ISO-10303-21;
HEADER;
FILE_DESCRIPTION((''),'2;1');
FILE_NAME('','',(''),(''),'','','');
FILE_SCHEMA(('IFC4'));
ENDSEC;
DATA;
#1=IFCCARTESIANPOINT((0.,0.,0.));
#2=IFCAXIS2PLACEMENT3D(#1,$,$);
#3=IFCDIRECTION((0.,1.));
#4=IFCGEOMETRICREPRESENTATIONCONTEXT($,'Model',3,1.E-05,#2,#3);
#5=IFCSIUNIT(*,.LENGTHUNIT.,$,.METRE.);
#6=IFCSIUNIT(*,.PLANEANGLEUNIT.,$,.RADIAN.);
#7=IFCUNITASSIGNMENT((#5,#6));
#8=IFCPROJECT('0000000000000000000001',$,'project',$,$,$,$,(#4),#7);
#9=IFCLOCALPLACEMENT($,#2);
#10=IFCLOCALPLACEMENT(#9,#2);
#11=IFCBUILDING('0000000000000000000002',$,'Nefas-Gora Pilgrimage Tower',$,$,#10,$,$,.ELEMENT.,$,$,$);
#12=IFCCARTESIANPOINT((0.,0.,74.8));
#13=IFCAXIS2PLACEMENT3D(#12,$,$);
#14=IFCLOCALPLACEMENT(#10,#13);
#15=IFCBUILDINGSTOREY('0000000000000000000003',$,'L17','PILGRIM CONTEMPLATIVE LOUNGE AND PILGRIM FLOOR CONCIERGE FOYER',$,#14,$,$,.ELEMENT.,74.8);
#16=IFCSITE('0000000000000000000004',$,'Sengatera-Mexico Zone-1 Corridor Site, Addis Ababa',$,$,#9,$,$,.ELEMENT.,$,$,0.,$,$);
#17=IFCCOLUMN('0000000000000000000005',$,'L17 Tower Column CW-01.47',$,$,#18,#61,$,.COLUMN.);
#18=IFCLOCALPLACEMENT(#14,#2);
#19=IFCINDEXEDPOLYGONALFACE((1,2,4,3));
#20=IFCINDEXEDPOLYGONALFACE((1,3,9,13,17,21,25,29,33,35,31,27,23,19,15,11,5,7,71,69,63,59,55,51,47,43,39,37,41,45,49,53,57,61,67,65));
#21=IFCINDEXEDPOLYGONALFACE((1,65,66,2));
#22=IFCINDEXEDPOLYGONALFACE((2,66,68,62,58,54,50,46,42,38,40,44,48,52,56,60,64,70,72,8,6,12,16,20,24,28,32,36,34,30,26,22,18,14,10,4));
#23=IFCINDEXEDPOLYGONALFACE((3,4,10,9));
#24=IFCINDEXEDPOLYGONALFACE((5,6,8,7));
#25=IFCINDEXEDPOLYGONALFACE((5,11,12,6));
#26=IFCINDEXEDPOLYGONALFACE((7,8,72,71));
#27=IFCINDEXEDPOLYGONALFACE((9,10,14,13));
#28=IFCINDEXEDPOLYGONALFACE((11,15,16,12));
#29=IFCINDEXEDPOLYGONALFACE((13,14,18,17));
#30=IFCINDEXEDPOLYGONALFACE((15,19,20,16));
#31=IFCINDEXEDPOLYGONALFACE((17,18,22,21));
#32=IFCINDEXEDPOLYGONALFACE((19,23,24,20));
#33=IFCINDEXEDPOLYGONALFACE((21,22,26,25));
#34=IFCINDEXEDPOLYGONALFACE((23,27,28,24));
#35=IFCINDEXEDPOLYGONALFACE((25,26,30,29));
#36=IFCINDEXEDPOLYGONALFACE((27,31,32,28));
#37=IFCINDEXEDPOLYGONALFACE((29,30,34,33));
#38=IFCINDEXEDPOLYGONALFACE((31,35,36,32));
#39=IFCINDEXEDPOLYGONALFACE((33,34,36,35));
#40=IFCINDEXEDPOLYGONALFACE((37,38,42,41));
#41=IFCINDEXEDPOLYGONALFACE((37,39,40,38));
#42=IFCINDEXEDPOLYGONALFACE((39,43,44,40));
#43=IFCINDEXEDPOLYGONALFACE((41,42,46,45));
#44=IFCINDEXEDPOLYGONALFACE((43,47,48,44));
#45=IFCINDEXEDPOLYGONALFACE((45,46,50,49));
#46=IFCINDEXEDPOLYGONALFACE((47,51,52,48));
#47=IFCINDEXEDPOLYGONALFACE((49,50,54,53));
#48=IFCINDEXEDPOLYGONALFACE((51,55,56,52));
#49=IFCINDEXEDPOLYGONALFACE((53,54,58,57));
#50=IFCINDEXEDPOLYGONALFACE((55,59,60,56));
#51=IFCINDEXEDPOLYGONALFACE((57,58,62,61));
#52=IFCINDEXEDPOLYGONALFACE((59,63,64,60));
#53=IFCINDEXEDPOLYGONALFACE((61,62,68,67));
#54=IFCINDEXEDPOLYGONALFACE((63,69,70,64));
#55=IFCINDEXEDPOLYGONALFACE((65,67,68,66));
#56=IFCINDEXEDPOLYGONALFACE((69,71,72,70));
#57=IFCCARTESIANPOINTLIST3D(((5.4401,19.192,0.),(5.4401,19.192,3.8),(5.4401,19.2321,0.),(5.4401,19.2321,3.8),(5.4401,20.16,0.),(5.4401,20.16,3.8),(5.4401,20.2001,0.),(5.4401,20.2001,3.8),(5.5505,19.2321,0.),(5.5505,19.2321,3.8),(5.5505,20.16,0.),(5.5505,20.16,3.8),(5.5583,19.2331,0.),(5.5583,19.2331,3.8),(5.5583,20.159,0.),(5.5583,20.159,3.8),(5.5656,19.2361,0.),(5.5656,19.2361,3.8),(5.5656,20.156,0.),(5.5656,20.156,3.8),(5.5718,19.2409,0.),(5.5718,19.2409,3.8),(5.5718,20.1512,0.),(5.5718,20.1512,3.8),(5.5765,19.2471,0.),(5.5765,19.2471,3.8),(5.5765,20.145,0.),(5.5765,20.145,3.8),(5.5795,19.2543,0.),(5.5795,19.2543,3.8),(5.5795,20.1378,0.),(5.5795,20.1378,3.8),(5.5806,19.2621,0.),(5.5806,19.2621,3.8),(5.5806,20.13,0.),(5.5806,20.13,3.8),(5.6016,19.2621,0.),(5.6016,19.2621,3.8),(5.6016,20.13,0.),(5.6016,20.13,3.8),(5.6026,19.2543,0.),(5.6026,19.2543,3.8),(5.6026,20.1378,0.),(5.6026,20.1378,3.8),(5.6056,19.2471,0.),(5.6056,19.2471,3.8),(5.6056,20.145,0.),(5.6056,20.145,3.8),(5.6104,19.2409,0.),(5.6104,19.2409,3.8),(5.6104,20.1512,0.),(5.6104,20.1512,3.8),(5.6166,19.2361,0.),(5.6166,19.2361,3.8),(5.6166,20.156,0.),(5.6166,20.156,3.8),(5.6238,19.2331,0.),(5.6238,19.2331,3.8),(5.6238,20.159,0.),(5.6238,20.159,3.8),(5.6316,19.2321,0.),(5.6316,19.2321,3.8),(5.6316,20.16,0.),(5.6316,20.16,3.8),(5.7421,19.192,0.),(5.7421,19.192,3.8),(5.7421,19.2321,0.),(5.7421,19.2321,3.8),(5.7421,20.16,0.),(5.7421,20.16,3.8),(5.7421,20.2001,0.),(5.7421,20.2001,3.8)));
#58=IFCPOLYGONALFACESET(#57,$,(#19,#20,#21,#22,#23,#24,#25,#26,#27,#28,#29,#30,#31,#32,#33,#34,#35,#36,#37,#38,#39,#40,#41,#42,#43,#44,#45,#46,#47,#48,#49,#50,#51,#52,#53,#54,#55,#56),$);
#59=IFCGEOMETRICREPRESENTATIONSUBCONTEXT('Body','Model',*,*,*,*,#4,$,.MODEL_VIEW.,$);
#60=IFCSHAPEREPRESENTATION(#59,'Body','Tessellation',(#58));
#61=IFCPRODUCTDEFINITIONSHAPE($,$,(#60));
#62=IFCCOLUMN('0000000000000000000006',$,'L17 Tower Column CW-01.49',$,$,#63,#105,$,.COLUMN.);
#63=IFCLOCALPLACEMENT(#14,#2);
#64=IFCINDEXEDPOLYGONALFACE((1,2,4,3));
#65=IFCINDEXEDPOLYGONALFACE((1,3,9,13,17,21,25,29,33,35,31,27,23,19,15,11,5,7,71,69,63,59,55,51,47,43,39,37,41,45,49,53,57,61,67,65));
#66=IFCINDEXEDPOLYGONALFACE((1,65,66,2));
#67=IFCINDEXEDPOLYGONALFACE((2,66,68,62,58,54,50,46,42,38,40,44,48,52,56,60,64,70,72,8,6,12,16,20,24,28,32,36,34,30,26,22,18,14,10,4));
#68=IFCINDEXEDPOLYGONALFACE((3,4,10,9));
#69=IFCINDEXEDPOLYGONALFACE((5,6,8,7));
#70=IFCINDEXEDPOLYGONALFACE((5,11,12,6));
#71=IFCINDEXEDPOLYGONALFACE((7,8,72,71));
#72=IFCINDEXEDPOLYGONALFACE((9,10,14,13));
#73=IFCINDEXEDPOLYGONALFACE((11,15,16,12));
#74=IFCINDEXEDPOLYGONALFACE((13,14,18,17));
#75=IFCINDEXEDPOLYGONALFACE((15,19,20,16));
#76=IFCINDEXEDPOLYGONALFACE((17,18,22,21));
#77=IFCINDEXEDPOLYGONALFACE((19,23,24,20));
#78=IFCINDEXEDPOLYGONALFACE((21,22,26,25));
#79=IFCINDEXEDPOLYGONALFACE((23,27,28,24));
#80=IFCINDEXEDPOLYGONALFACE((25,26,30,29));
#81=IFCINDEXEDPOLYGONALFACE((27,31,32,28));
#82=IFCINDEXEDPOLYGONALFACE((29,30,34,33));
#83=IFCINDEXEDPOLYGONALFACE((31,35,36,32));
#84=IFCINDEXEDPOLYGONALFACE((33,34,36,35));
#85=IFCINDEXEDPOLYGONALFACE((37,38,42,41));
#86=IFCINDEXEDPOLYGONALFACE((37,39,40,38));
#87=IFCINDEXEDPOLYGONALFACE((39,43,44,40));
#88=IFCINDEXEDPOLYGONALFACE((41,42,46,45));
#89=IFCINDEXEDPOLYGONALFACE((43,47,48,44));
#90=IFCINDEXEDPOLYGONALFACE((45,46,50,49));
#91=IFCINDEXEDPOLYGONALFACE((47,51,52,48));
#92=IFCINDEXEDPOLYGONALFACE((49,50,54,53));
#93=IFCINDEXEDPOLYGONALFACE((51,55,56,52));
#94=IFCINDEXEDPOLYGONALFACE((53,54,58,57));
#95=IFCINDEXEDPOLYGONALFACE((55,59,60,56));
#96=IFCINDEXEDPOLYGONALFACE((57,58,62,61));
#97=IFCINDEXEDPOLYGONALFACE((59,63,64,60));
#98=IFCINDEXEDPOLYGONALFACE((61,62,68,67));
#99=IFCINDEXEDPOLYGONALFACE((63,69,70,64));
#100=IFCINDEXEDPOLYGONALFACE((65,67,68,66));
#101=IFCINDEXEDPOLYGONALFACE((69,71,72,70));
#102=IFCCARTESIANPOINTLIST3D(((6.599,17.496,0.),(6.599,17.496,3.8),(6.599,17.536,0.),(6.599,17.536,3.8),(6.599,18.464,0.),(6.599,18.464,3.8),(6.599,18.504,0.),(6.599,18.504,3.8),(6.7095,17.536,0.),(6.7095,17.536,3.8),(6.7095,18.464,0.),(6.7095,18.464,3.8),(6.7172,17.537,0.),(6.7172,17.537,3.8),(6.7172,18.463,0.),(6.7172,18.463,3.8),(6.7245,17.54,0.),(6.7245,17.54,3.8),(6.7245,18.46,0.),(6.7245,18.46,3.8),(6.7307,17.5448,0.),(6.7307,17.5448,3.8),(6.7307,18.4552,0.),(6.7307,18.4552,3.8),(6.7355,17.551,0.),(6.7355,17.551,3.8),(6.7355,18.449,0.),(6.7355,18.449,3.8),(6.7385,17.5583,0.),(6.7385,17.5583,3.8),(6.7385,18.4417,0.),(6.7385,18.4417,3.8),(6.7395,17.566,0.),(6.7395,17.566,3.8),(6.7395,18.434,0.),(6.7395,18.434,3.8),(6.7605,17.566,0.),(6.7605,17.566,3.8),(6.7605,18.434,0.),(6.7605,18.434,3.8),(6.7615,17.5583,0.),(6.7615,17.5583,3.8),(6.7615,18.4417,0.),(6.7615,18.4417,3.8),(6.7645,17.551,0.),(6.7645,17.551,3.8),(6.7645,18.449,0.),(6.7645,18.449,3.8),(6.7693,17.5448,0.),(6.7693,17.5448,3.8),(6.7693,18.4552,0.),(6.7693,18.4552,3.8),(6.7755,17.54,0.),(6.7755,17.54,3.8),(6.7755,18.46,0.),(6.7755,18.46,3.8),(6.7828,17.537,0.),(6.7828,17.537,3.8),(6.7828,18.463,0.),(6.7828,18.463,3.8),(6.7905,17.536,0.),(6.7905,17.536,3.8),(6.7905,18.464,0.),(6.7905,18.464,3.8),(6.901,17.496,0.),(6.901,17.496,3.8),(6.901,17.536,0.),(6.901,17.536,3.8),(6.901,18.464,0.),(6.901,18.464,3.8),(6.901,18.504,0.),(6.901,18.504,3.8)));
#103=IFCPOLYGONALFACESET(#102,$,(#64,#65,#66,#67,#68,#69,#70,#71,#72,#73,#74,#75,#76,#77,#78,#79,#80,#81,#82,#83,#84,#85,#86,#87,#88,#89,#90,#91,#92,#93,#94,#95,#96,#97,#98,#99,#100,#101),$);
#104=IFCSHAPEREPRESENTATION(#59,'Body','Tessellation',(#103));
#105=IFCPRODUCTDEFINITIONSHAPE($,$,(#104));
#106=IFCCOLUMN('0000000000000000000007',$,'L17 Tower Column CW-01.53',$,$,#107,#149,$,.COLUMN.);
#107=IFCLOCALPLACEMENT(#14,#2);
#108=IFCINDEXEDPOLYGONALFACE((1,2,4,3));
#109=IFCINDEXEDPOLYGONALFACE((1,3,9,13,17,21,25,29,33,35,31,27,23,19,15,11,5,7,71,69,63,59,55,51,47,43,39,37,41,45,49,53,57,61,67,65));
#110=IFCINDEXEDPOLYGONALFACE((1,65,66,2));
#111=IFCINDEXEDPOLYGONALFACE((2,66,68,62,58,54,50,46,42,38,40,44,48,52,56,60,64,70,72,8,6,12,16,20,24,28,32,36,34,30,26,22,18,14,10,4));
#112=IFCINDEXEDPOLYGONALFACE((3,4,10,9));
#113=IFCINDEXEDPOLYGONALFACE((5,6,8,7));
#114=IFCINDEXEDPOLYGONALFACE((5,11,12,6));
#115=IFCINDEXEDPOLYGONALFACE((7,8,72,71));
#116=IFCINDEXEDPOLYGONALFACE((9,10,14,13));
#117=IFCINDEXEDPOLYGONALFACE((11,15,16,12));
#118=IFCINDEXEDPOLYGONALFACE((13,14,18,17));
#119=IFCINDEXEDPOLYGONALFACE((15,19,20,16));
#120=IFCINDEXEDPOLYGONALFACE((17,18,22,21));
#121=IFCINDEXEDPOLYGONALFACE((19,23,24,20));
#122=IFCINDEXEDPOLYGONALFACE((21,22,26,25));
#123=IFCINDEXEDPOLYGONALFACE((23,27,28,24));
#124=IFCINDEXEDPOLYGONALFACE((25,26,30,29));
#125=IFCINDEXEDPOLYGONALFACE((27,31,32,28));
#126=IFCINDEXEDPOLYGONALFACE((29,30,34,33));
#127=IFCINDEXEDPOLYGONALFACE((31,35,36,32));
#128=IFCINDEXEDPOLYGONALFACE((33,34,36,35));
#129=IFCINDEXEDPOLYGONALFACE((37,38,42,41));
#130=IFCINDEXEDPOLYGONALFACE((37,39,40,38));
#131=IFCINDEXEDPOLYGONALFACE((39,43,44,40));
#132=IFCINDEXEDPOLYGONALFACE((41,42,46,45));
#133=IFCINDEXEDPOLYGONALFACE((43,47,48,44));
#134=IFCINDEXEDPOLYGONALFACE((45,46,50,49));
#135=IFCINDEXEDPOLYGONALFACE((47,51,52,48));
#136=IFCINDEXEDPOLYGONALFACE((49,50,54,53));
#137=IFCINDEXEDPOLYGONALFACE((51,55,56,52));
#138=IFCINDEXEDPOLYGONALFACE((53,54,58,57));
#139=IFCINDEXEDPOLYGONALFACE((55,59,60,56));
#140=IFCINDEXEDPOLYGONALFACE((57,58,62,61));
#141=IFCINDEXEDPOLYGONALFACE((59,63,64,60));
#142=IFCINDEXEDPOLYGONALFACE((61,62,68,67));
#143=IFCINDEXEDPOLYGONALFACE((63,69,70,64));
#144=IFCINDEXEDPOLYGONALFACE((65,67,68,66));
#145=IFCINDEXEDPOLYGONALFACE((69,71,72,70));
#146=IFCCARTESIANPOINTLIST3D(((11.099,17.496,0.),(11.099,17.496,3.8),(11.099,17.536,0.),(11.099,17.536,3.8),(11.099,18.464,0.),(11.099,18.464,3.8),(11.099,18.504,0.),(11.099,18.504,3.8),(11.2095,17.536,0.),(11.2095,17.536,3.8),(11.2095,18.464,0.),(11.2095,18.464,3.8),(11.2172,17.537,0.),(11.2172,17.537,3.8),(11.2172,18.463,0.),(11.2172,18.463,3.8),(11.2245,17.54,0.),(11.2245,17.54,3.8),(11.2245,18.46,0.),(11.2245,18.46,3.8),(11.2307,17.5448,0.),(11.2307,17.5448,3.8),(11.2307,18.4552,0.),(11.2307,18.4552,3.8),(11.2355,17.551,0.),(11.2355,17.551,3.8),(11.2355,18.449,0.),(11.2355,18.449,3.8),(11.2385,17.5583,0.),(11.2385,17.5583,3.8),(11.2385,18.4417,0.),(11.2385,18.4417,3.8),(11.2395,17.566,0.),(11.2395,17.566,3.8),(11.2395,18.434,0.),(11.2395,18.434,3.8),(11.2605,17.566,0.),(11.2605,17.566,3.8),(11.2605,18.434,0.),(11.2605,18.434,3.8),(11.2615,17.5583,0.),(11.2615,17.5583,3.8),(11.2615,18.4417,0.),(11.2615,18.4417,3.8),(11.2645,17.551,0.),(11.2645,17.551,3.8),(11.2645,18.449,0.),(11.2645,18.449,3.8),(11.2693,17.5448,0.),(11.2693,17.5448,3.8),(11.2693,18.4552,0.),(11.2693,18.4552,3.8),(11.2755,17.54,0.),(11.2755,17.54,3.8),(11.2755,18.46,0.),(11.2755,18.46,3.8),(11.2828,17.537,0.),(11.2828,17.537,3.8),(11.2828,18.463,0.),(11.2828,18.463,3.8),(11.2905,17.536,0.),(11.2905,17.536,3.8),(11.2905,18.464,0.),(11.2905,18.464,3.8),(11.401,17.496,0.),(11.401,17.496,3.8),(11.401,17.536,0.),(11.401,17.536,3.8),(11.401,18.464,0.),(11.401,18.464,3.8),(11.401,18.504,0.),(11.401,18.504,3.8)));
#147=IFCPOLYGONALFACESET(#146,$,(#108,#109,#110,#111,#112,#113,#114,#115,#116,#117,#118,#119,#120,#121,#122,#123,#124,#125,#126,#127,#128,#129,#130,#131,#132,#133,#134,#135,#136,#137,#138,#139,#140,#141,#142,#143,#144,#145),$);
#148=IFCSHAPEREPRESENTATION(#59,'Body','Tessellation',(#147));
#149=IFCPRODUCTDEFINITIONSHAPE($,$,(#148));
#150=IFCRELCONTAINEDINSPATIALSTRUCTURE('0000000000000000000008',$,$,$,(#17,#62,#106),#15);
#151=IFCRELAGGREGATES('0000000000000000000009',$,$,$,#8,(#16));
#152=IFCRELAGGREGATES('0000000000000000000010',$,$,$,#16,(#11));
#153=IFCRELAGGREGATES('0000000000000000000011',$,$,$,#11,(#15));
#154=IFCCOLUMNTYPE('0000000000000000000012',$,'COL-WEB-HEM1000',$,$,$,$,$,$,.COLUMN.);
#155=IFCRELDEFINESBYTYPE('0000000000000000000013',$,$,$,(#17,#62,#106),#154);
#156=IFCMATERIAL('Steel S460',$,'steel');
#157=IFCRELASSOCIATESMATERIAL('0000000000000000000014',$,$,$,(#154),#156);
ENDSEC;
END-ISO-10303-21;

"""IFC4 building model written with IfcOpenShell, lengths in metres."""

from ifc_helpers import new_model, si_unit, direction, frame, origin, origin_2d, place, context, subcontext, project, spatial, i_section, extrude, source, transform, mapped, material, material_profile, profile_set, type_object, element, save


model = new_model("IFC4")

# Units and contexts
model_context = context("Model", 3, precision=1e-05, world=origin(), true_north=direction((0.0, 1.0)))
body_context = subcontext(model_context, "Body", "Model", "MODEL_VIEW")
ifc_project = project(units=[si_unit("LENGTHUNIT", "METRE"), si_unit("PLANEANGLEUNIT", "RADIAN")], contexts=[model_context])

# Site, building, storey
site_placement = place(None, origin())
site = spatial("IfcSite", under=ifc_project, at=site_placement, Name="Sengatera-Mexico Zone-1 Corridor Site, Addis Ababa", CompositionType="ELEMENT", RefElevation=0.0)
building_placement = place(site_placement, origin())
building = spatial("IfcBuilding", under=site, at=building_placement, Name="Nefas-Gora Pilgrimage Tower", CompositionType="ELEMENT")
storey_placement = place(building_placement, frame((0.0, 0.0, 74.8)))
storey = spatial("IfcBuildingStorey", under=building, at=storey_placement, Name="L17", Description="PILGRIM CONTEMPLATIVE LOUNGE AND PILGRIM FLOOR CONCIERGE FOYER", CompositionType="ELEMENT", Elevation=74.8)

# Columns
ifc_material_1 = material(Name="Steel S460", Category="steel")
ifc_material_profile_1 = material_profile(ifc_material_1, i_section(OverallWidth=0.302, OverallDepth=1.0081, WebThickness=0.021, FlangeThickness=0.04, FilletRadius=0.03, at=origin_2d()), Name="HEM 1000")
ifc_profile_set_1 = profile_set([ifc_material_profile_1], Name="Steel S460")
column_type_1 = type_object("IfcColumnType", Name="COL-WEB-HEM1000", PredefinedType="COLUMN", material=ifc_profile_set_1)
shared_shape_1 = source(origin(), body_context, "Body", "SweptSolid", [
    extrude(i_section(OverallWidth=0.302, OverallDepth=1.0081, WebThickness=0.021, FlangeThickness=0.04, FilletRadius=0.03, at=origin_2d()), origin(), (0.0, 0.0, 1.0), 3.8),
])
for number, where, z_axis, x_axis, name in (
    (1, (5.5911, 19.696, 0.0), (0.0, 0.0, 1.0), (1.0, 0.0, 0.0), "L17 Tower Column CW-01.47"),
    (2, (6.75, 18.0, 0.0), (0.0, 0.0, 1.0), (1.0, 0.0, 0.0), "L17 Tower Column CW-01.49"),
    (3, (11.25, 18.0, 0.0), (0.0, 0.0, 1.0), (1.0, 0.0, 0.0), "L17 Tower Column CW-01.53"),
):
    element("IfcColumn", number, at=place(storey_placement, frame(where, z_axis=z_axis, x_axis=x_axis)), inside=storey, type_object=column_type_1, Name=name, PredefinedType="COLUMN", context=body_context, shape_type="MappedRepresentation", body=[
        mapped(shared_shape_1, transform((0.0, 0.0, 0.0), x_axis=(1.0, 0.0, 0.0), y_axis=(0.0, 1.0, 0.0), z_axis=(0.0, 0.0, 1.0), scale=1.0)),
    ])

save(model, "model.ifc")
